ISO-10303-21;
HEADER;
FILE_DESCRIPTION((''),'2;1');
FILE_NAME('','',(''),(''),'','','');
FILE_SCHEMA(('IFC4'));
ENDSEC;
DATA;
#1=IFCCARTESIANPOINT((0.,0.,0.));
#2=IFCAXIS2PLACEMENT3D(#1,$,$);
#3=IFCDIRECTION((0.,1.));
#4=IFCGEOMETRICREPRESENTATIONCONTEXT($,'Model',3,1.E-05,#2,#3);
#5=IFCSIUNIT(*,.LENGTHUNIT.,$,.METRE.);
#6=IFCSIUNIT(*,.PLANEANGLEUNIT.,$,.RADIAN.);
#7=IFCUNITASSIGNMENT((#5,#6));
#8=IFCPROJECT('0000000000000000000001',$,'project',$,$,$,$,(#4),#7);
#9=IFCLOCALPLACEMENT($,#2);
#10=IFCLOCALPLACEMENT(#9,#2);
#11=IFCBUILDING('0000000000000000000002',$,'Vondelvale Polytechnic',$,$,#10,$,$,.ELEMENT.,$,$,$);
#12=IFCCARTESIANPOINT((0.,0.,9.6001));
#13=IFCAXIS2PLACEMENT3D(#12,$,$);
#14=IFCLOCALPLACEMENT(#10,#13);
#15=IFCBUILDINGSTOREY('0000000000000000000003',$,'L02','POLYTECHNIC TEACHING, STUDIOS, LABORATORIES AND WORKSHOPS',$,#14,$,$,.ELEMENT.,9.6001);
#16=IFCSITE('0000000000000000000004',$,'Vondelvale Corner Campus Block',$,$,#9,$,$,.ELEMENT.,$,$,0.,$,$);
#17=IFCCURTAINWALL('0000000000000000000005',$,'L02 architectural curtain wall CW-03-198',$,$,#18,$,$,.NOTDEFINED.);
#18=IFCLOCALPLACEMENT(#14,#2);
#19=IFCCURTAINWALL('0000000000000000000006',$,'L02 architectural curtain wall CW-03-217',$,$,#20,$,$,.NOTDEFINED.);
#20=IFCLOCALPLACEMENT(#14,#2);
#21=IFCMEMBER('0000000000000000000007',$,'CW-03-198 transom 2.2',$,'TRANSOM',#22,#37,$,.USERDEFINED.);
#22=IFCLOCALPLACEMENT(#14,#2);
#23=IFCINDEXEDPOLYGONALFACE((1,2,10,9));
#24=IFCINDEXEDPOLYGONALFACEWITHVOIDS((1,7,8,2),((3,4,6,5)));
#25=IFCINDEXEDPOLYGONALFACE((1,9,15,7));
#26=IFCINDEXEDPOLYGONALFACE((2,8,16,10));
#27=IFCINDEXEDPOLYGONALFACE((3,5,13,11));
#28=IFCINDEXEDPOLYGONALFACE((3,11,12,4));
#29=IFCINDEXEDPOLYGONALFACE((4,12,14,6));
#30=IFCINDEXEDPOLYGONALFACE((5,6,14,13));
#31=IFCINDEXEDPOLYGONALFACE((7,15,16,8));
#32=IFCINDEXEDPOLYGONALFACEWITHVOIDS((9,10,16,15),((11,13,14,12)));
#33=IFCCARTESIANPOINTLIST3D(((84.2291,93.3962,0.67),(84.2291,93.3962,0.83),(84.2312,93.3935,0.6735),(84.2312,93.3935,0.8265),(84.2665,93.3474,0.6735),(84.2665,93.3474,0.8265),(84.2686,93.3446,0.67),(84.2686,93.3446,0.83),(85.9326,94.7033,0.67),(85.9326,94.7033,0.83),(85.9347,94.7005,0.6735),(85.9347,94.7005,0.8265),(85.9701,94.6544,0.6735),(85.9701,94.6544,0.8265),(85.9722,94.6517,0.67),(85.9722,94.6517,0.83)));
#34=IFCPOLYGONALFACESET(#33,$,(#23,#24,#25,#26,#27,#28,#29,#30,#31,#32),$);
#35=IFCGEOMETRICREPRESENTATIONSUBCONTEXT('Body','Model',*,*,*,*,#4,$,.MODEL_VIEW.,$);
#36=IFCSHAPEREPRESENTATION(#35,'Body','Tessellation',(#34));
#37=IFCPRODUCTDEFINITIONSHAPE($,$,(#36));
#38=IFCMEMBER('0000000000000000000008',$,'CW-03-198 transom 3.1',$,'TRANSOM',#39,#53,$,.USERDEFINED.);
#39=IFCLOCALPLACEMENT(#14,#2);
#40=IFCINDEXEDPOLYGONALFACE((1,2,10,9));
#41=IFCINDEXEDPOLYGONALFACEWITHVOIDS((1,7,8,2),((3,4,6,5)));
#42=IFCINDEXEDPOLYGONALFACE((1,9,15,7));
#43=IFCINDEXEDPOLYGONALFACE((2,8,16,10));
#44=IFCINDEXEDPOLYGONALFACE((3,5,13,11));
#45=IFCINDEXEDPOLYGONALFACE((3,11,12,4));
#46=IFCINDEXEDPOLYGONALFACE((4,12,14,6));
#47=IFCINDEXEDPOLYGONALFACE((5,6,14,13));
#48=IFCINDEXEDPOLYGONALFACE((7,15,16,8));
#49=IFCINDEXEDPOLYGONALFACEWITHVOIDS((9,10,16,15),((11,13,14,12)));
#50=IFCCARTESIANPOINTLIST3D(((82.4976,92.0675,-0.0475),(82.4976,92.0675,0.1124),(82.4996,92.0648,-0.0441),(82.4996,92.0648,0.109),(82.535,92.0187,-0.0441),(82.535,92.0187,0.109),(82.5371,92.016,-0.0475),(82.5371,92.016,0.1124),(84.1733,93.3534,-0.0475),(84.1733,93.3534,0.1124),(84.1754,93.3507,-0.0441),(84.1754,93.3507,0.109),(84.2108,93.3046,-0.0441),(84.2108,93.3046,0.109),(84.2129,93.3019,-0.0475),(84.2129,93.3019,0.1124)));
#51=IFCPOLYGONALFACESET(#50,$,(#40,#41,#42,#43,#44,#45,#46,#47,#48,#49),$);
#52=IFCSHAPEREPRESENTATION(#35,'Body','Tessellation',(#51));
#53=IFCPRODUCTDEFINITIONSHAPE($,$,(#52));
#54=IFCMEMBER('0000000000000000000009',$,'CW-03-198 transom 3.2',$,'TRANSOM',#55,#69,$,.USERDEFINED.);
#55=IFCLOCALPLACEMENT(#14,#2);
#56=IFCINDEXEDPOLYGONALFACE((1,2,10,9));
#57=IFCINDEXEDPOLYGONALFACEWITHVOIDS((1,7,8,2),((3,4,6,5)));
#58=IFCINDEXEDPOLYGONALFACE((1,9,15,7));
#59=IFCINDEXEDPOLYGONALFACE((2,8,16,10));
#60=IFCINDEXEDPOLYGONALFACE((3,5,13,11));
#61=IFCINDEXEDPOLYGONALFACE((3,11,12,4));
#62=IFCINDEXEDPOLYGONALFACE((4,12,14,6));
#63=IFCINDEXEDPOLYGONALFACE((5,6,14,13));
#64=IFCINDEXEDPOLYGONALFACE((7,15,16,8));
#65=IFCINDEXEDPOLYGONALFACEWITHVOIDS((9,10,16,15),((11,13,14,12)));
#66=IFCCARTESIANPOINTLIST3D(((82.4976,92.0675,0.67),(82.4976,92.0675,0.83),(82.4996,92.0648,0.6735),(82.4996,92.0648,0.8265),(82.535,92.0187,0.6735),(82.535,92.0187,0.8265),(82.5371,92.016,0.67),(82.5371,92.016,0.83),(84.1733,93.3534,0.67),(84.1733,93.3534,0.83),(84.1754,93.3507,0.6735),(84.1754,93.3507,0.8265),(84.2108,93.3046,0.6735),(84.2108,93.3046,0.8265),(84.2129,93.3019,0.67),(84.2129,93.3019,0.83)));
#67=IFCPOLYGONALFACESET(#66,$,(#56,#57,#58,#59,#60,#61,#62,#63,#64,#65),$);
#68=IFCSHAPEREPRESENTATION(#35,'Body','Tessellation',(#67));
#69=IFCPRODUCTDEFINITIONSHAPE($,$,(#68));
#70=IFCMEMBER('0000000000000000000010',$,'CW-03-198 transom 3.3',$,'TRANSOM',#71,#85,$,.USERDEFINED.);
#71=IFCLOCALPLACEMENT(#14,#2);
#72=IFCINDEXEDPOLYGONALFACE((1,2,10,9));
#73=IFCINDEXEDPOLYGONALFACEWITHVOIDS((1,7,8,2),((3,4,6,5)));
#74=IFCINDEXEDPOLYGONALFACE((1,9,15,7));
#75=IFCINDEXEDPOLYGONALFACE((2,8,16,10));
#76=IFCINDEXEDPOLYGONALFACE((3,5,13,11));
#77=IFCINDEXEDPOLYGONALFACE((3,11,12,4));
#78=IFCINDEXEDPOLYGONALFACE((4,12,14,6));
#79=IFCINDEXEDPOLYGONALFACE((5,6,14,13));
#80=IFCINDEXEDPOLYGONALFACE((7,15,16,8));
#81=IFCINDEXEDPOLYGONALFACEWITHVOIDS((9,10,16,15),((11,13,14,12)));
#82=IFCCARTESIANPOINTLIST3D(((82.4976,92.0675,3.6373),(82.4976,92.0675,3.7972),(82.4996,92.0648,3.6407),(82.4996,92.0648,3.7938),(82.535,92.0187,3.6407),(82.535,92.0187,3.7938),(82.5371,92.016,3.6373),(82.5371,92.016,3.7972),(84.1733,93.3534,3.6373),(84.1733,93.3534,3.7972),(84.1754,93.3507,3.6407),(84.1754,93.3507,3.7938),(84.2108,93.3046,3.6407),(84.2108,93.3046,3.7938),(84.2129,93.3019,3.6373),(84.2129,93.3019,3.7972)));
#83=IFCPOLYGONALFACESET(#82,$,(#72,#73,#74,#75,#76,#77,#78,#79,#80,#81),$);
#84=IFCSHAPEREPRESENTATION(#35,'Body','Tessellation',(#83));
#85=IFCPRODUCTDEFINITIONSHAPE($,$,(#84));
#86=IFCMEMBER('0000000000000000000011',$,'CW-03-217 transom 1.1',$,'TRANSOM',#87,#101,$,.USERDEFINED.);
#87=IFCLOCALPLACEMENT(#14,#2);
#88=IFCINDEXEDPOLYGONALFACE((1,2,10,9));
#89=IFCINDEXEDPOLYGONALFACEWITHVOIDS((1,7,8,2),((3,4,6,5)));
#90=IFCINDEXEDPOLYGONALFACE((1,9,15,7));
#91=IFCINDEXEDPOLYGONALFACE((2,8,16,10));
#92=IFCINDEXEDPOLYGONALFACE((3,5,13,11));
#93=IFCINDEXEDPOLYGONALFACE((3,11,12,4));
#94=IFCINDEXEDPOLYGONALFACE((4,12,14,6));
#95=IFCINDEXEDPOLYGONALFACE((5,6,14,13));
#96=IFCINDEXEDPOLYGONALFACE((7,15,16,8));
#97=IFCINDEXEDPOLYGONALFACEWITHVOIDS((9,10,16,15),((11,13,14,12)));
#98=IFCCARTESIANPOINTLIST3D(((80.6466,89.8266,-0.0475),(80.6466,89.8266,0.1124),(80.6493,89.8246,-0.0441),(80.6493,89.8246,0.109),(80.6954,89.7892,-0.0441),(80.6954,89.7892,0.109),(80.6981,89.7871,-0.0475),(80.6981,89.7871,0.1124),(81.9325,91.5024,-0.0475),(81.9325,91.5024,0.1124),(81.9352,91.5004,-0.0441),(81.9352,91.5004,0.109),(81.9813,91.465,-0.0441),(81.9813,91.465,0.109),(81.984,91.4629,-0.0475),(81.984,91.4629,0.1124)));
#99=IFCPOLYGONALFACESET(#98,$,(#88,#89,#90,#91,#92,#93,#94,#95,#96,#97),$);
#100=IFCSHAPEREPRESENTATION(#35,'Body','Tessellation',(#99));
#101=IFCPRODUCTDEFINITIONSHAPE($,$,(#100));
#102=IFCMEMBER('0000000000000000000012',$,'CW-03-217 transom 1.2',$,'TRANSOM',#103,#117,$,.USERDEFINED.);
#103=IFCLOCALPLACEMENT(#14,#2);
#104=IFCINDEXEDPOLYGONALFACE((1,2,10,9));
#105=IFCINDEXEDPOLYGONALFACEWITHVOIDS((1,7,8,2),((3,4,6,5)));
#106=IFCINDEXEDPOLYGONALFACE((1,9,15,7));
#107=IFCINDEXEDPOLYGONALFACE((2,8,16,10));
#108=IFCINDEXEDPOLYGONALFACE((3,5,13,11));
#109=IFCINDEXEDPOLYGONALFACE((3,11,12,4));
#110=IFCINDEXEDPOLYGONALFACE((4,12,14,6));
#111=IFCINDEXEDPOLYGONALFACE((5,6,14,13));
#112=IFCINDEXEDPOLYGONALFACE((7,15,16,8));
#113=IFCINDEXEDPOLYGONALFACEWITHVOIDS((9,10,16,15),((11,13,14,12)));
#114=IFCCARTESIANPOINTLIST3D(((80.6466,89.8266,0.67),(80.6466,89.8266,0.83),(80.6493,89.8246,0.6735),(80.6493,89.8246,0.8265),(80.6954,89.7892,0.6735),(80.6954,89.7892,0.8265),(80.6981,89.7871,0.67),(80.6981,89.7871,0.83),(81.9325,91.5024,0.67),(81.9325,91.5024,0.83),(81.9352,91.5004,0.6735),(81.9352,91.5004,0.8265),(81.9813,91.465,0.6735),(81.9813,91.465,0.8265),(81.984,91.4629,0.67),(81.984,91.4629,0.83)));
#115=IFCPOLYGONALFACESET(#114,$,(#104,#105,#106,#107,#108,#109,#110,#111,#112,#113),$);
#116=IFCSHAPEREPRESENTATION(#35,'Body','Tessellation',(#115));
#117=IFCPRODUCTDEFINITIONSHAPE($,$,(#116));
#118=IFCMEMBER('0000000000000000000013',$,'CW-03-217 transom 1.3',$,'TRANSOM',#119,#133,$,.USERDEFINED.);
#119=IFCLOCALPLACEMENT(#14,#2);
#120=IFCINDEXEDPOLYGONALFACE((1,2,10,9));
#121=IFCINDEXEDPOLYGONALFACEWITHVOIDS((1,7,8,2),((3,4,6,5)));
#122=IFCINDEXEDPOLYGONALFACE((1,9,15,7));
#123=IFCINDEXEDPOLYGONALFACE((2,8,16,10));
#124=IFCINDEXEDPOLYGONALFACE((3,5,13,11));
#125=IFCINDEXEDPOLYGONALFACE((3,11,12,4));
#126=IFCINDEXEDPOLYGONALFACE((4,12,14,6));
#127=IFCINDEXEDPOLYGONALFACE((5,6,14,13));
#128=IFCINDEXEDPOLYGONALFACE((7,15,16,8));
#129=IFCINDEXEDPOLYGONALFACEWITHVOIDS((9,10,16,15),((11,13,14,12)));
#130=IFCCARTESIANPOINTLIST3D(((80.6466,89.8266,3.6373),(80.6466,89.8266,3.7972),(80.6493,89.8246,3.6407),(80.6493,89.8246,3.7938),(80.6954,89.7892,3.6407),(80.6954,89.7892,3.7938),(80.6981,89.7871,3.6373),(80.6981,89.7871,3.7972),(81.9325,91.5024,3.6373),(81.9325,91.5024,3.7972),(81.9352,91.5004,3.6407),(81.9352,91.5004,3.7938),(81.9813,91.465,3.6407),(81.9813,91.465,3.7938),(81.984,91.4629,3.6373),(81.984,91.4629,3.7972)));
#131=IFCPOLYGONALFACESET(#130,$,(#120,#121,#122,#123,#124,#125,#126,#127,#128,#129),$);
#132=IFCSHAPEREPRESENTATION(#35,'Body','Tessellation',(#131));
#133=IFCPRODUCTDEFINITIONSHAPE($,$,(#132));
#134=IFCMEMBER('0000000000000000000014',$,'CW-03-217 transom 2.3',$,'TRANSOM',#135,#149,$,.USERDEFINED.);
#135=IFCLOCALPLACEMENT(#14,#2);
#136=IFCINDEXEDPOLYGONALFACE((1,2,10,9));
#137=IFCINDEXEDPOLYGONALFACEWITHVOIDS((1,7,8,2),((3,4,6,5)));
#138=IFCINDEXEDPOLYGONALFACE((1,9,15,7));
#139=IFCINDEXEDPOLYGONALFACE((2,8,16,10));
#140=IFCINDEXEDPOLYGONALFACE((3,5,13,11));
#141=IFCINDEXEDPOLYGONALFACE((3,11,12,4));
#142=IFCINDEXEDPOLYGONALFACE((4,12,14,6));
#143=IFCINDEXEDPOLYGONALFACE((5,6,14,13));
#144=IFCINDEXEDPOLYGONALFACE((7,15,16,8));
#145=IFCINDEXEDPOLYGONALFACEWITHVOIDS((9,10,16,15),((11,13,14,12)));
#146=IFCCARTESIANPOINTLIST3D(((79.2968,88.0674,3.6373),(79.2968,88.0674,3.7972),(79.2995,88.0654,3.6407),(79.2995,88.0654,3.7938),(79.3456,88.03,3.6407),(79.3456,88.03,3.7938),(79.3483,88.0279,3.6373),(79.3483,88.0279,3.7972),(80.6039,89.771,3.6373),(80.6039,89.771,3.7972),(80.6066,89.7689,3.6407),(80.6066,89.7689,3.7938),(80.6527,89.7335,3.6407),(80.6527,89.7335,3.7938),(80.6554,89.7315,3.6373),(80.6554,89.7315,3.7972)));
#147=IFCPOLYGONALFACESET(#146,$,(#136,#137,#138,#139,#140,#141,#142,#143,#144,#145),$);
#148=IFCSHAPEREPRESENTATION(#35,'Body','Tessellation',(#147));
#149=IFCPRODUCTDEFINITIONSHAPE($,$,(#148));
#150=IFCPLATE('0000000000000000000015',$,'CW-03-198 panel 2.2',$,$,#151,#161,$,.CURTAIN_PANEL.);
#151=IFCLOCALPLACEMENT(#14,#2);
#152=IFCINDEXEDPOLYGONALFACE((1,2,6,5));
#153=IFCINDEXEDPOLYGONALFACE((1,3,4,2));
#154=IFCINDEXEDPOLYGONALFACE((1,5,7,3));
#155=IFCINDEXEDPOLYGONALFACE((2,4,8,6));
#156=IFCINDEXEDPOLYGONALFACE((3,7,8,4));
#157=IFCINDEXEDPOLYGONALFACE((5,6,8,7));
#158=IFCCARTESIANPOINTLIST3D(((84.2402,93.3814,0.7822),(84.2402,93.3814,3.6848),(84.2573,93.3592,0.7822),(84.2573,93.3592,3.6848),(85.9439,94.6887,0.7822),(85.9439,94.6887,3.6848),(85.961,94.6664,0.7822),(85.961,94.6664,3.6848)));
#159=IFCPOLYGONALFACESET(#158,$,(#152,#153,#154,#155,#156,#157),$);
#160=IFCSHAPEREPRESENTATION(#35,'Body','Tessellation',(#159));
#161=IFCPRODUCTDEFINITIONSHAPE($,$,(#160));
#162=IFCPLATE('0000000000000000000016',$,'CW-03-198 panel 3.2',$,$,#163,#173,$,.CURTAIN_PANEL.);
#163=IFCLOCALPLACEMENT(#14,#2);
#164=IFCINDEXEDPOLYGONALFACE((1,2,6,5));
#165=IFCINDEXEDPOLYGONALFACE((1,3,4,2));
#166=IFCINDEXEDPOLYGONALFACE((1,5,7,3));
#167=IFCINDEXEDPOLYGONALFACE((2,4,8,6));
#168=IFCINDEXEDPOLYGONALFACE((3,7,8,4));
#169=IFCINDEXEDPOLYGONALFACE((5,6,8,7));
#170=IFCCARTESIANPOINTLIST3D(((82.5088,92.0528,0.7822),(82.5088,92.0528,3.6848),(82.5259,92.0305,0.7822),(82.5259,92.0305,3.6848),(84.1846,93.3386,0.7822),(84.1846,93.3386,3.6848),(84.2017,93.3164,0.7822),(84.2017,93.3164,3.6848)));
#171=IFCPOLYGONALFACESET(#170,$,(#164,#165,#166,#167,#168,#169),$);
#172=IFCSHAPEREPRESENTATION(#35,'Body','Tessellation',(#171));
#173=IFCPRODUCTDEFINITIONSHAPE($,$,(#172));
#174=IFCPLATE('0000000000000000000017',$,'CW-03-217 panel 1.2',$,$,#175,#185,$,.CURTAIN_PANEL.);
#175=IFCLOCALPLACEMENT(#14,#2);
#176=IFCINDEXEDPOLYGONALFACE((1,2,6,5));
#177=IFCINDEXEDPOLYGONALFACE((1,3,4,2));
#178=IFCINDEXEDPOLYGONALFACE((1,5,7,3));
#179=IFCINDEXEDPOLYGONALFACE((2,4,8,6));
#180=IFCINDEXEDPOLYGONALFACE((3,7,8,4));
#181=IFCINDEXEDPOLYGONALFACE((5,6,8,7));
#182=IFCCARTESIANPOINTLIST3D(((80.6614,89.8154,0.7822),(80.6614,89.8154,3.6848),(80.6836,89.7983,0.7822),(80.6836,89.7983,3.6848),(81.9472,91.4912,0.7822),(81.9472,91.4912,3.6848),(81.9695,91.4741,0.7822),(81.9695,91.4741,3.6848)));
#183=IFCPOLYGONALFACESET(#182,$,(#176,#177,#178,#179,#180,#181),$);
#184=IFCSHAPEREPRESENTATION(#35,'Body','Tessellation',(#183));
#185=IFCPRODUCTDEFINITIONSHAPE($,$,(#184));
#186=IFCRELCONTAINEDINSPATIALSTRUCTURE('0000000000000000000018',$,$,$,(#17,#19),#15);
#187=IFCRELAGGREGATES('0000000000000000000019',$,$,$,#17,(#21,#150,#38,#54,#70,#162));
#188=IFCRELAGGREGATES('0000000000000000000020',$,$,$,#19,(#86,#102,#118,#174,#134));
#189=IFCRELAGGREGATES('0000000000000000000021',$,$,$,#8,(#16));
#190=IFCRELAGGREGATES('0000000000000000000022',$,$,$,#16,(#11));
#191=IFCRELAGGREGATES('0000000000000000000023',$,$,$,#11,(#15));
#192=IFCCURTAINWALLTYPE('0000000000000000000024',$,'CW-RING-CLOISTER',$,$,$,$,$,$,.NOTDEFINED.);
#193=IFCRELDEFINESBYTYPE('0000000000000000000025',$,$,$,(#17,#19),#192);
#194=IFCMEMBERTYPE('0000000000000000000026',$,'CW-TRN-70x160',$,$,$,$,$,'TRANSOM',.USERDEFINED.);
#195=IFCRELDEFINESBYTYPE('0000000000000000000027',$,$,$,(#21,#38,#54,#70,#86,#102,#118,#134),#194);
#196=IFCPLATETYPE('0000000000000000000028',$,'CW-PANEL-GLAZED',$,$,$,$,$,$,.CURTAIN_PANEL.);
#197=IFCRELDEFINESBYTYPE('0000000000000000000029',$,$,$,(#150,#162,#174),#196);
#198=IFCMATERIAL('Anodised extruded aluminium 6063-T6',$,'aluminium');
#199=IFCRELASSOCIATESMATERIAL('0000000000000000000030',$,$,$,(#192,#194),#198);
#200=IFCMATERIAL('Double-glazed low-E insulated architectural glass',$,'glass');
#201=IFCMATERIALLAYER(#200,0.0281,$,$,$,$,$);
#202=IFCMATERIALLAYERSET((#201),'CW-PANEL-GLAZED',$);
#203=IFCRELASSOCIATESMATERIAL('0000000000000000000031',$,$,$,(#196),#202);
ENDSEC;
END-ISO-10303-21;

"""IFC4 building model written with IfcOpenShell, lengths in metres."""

from ifc_helpers import new_model, si_unit, direction, frame, origin, origin_2d, place, context, subcontext, project, spatial, rectangle, hollow_rectangle, extrude, material, layer, layer_set, material_profile, profile_set, type_object, element, aggregate, save


model = new_model("IFC4")

# Units and contexts
model_context = context("Model", 3, precision=1e-05, world=origin(), true_north=direction((0.0, 1.0)))
body_context = subcontext(model_context, "Body", "Model", "MODEL_VIEW")
ifc_project = project(units=[si_unit("LENGTHUNIT", "METRE"), si_unit("PLANEANGLEUNIT", "RADIAN")], contexts=[model_context])

# Site, building, storey
site_placement = place(None, origin())
site = spatial("IfcSite", under=ifc_project, at=site_placement, Name="Vondelvale Corner Campus Block", CompositionType="ELEMENT", RefElevation=0.0)
building_placement = place(site_placement, origin())
building = spatial("IfcBuilding", under=site, at=building_placement, Name="Vondelvale Polytechnic", CompositionType="ELEMENT")
storey_placement = place(building_placement, frame((0.0, 0.0, 9.6001)))
storey = spatial("IfcBuildingStorey", under=building, at=storey_placement, Name="L02", Description="POLYTECHNIC TEACHING, STUDIOS, LABORATORIES AND WORKSHOPS", CompositionType="ELEMENT", Elevation=9.6001)

# Curtain walls
ifc_material_1 = material(Name="Anodised extruded aluminium 6063-T6", Category="aluminium")
curtain_wall_type = type_object("IfcCurtainWallType", Name="CW-RING-CLOISTER", PredefinedType="NOTDEFINED", material=ifc_material_1)
curtain_wall_1_placement = place(storey_placement, origin())
curtain_wall_1 = element("IfcCurtainWall", 1, at=curtain_wall_1_placement, inside=storey, type_object=curtain_wall_type, Name="L02 architectural curtain wall CW-03-198", PredefinedType="NOTDEFINED")
curtain_wall_2_placement = place(storey_placement, origin())
curtain_wall_2 = element("IfcCurtainWall", 2, at=curtain_wall_2_placement, inside=storey, type_object=curtain_wall_type, Name="L02 architectural curtain wall CW-03-217", PredefinedType="NOTDEFINED")

# Members
ifc_material_profile_1 = material_profile(ifc_material_1, hollow_rectangle(XDim=0.0649, YDim=0.1599, WallThickness=0.0034, at=origin_2d()), Name="CW-TRN-160x65")
ifc_profile_set_1 = profile_set([ifc_material_profile_1], Name="Anodised extruded aluminium 6063-T6")
member_type_1 = type_object("IfcMemberType", Name="CW-TRN-70x160", ElementType="TRANSOM", PredefinedType="USERDEFINED", material=ifc_profile_set_1)
member_1_placement = place(storey_placement, frame((85.9524, 94.6775, 0.75), z_axis=(-0.793376, -0.608732, 0.0), x_axis=(0.608732, -0.793376, 0.0)))
member_1 = element("IfcMember", 3, at=member_1_placement, type_object=member_type_1, Name="CW-03-198 transom 2.2", ObjectType="TRANSOM", PredefinedType="USERDEFINED", context=body_context, shape_type="SweptSolid", body=[
    extrude(hollow_rectangle(XDim=0.0649, YDim=0.1599, WallThickness=0.0034, at=origin_2d()), origin(), (0.0, 0.0, 1.0), 2.1472),
])
member_2_placement = place(storey_placement, frame((84.1931, 93.3276, 0.0325), z_axis=(-0.79335, -0.608766, 0.0), x_axis=(0.608766, -0.79335, 0.0)))
member_2 = element("IfcMember", 4, at=member_2_placement, type_object=member_type_1, Name="CW-03-198 transom 3.1", ObjectType="TRANSOM", PredefinedType="USERDEFINED", context=body_context, shape_type="SweptSolid", body=[
    extrude(hollow_rectangle(XDim=0.0649, YDim=0.1599, WallThickness=0.0034, at=origin_2d()), origin(), (0.0, 0.0, 1.0), 2.1123),
])
member_3_placement = place(storey_placement, frame((84.1931, 93.3276, 0.75), z_axis=(-0.79335, -0.608766, 0.0), x_axis=(0.608766, -0.79335, 0.0)))
member_3 = element("IfcMember", 5, at=member_3_placement, type_object=member_type_1, Name="CW-03-198 transom 3.2", ObjectType="TRANSOM", PredefinedType="USERDEFINED", context=body_context, shape_type="SweptSolid", body=[
    extrude(hollow_rectangle(XDim=0.0649, YDim=0.1599, WallThickness=0.0034, at=origin_2d()), origin(), (0.0, 0.0, 1.0), 2.1123),
])
member_4_placement = place(storey_placement, frame((84.1931, 93.3276, 3.7173), z_axis=(-0.79335, -0.608766, 0.0), x_axis=(0.608766, -0.79335, 0.0)))
member_4 = element("IfcMember", 6, at=member_4_placement, type_object=member_type_1, Name="CW-03-198 transom 3.3", ObjectType="TRANSOM", PredefinedType="USERDEFINED", context=body_context, shape_type="SweptSolid", body=[
    extrude(hollow_rectangle(XDim=0.0649, YDim=0.1599, WallThickness=0.0034, at=origin_2d()), origin(), (0.0, 0.0, 1.0), 2.1123),
])
member_5_placement = place(storey_placement, frame((81.9583, 91.4827, 0.0325), z_axis=(-0.608766, -0.79335, 0.0), x_axis=(0.79335, -0.608766, 0.0)))
member_5 = element("IfcMember", 7, at=member_5_placement, type_object=member_type_1, Name="CW-03-217 transom 1.1", ObjectType="TRANSOM", PredefinedType="USERDEFINED", context=body_context, shape_type="SweptSolid", body=[
    extrude(hollow_rectangle(XDim=0.0649, YDim=0.1599, WallThickness=0.0034, at=origin_2d()), origin(), (0.0, 0.0, 1.0), 2.1123),
])
member_6_placement = place(storey_placement, frame((81.9583, 91.4827, 0.75), z_axis=(-0.608766, -0.79335, 0.0), x_axis=(0.79335, -0.608766, 0.0)))
member_6 = element("IfcMember", 8, at=member_6_placement, type_object=member_type_1, Name="CW-03-217 transom 1.2", ObjectType="TRANSOM", PredefinedType="USERDEFINED", context=body_context, shape_type="SweptSolid", body=[
    extrude(hollow_rectangle(XDim=0.0649, YDim=0.1599, WallThickness=0.0034, at=origin_2d()), origin(), (0.0, 0.0, 1.0), 2.1123),
])
member_7_placement = place(storey_placement, frame((81.9583, 91.4827, 3.7173), z_axis=(-0.608766, -0.79335, 0.0), x_axis=(0.79335, -0.608766, 0.0)))
member_7 = element("IfcMember", 9, at=member_7_placement, type_object=member_type_1, Name="CW-03-217 transom 1.3", ObjectType="TRANSOM", PredefinedType="USERDEFINED", context=body_context, shape_type="SweptSolid", body=[
    extrude(hollow_rectangle(XDim=0.0649, YDim=0.1599, WallThickness=0.0034, at=origin_2d()), origin(), (0.0, 0.0, 1.0), 2.1123),
])
member_8_placement = place(storey_placement, frame((80.6296, 89.7512, 3.7173), z_axis=(-0.608732, -0.793376, 0.0), x_axis=(0.793376, -0.608732, 0.0)))
member_8 = element("IfcMember", 10, at=member_8_placement, type_object=member_type_1, Name="CW-03-217 transom 2.3", ObjectType="TRANSOM", PredefinedType="USERDEFINED", context=body_context, shape_type="SweptSolid", body=[
    extrude(hollow_rectangle(XDim=0.0649, YDim=0.1599, WallThickness=0.0034, at=origin_2d()), origin(), (0.0, 0.0, 1.0), 2.1472),
])

# Plates
ifc_material_2 = material(Name="Double-glazed low-E insulated architectural glass", Category="glass")
ifc_layer_1 = layer(ifc_material_2, 0.0281)
ifc_layer_set_1 = layer_set([ifc_layer_1], Name="CW-PANEL-GLAZED")
plate_type_1 = type_object("IfcPlateType", Name="CW-PANEL-GLAZED", PredefinedType="CURTAIN_PANEL", material=ifc_layer_set_1)
plate_1_placement = place(storey_placement, frame((85.1006, 94.0239, 0.7822), z_axis=(0.0, 0.0, 1.0), x_axis=(-0.793364, -0.608748, 0.0)))
plate_1 = element("IfcPlate", 11, at=plate_1_placement, type_object=plate_type_1, Name="CW-03-198 panel 2.2", PredefinedType="CURTAIN_PANEL", context=body_context, shape_type="SweptSolid", body=[
    extrude(rectangle(XDim=2.1475, YDim=0.0281, at=origin_2d()), origin(), (0.0, 0.0, 1.0), 2.9026),
])
plate_2_placement = place(storey_placement, frame((83.3552, 92.6846, 0.7822), z_axis=(0.0, 0.0, 1.0), x_axis=(-0.793364, -0.608748, 0.0)))
plate_2 = element("IfcPlate", 12, at=plate_2_placement, type_object=plate_type_1, Name="CW-03-198 panel 3.2", PredefinedType="CURTAIN_PANEL", context=body_context, shape_type="SweptSolid", body=[
    extrude(rectangle(XDim=2.1123, YDim=0.0281, at=origin_2d()), origin(), (0.0, 0.0, 1.0), 2.9026),
])
plate_3_placement = place(storey_placement, frame((81.3154, 90.6448, 0.7822), z_axis=(0.0, 0.0, 1.0), x_axis=(-0.608748, -0.793364, 0.0)))
plate_3 = element("IfcPlate", 13, at=plate_3_placement, type_object=plate_type_1, Name="CW-03-217 panel 1.2", PredefinedType="CURTAIN_PANEL", context=body_context, shape_type="SweptSolid", body=[
    extrude(rectangle(XDim=2.1123, YDim=0.0281, at=origin_2d()), origin(), (0.0, 0.0, 1.0), 2.9026),
])
aggregate(curtain_wall_1, [member_1, plate_1, member_2, member_3, member_4, plate_2])
aggregate(curtain_wall_2, [member_5, member_6, member_7, plate_3, member_8])

save(model, "model.ifc")
